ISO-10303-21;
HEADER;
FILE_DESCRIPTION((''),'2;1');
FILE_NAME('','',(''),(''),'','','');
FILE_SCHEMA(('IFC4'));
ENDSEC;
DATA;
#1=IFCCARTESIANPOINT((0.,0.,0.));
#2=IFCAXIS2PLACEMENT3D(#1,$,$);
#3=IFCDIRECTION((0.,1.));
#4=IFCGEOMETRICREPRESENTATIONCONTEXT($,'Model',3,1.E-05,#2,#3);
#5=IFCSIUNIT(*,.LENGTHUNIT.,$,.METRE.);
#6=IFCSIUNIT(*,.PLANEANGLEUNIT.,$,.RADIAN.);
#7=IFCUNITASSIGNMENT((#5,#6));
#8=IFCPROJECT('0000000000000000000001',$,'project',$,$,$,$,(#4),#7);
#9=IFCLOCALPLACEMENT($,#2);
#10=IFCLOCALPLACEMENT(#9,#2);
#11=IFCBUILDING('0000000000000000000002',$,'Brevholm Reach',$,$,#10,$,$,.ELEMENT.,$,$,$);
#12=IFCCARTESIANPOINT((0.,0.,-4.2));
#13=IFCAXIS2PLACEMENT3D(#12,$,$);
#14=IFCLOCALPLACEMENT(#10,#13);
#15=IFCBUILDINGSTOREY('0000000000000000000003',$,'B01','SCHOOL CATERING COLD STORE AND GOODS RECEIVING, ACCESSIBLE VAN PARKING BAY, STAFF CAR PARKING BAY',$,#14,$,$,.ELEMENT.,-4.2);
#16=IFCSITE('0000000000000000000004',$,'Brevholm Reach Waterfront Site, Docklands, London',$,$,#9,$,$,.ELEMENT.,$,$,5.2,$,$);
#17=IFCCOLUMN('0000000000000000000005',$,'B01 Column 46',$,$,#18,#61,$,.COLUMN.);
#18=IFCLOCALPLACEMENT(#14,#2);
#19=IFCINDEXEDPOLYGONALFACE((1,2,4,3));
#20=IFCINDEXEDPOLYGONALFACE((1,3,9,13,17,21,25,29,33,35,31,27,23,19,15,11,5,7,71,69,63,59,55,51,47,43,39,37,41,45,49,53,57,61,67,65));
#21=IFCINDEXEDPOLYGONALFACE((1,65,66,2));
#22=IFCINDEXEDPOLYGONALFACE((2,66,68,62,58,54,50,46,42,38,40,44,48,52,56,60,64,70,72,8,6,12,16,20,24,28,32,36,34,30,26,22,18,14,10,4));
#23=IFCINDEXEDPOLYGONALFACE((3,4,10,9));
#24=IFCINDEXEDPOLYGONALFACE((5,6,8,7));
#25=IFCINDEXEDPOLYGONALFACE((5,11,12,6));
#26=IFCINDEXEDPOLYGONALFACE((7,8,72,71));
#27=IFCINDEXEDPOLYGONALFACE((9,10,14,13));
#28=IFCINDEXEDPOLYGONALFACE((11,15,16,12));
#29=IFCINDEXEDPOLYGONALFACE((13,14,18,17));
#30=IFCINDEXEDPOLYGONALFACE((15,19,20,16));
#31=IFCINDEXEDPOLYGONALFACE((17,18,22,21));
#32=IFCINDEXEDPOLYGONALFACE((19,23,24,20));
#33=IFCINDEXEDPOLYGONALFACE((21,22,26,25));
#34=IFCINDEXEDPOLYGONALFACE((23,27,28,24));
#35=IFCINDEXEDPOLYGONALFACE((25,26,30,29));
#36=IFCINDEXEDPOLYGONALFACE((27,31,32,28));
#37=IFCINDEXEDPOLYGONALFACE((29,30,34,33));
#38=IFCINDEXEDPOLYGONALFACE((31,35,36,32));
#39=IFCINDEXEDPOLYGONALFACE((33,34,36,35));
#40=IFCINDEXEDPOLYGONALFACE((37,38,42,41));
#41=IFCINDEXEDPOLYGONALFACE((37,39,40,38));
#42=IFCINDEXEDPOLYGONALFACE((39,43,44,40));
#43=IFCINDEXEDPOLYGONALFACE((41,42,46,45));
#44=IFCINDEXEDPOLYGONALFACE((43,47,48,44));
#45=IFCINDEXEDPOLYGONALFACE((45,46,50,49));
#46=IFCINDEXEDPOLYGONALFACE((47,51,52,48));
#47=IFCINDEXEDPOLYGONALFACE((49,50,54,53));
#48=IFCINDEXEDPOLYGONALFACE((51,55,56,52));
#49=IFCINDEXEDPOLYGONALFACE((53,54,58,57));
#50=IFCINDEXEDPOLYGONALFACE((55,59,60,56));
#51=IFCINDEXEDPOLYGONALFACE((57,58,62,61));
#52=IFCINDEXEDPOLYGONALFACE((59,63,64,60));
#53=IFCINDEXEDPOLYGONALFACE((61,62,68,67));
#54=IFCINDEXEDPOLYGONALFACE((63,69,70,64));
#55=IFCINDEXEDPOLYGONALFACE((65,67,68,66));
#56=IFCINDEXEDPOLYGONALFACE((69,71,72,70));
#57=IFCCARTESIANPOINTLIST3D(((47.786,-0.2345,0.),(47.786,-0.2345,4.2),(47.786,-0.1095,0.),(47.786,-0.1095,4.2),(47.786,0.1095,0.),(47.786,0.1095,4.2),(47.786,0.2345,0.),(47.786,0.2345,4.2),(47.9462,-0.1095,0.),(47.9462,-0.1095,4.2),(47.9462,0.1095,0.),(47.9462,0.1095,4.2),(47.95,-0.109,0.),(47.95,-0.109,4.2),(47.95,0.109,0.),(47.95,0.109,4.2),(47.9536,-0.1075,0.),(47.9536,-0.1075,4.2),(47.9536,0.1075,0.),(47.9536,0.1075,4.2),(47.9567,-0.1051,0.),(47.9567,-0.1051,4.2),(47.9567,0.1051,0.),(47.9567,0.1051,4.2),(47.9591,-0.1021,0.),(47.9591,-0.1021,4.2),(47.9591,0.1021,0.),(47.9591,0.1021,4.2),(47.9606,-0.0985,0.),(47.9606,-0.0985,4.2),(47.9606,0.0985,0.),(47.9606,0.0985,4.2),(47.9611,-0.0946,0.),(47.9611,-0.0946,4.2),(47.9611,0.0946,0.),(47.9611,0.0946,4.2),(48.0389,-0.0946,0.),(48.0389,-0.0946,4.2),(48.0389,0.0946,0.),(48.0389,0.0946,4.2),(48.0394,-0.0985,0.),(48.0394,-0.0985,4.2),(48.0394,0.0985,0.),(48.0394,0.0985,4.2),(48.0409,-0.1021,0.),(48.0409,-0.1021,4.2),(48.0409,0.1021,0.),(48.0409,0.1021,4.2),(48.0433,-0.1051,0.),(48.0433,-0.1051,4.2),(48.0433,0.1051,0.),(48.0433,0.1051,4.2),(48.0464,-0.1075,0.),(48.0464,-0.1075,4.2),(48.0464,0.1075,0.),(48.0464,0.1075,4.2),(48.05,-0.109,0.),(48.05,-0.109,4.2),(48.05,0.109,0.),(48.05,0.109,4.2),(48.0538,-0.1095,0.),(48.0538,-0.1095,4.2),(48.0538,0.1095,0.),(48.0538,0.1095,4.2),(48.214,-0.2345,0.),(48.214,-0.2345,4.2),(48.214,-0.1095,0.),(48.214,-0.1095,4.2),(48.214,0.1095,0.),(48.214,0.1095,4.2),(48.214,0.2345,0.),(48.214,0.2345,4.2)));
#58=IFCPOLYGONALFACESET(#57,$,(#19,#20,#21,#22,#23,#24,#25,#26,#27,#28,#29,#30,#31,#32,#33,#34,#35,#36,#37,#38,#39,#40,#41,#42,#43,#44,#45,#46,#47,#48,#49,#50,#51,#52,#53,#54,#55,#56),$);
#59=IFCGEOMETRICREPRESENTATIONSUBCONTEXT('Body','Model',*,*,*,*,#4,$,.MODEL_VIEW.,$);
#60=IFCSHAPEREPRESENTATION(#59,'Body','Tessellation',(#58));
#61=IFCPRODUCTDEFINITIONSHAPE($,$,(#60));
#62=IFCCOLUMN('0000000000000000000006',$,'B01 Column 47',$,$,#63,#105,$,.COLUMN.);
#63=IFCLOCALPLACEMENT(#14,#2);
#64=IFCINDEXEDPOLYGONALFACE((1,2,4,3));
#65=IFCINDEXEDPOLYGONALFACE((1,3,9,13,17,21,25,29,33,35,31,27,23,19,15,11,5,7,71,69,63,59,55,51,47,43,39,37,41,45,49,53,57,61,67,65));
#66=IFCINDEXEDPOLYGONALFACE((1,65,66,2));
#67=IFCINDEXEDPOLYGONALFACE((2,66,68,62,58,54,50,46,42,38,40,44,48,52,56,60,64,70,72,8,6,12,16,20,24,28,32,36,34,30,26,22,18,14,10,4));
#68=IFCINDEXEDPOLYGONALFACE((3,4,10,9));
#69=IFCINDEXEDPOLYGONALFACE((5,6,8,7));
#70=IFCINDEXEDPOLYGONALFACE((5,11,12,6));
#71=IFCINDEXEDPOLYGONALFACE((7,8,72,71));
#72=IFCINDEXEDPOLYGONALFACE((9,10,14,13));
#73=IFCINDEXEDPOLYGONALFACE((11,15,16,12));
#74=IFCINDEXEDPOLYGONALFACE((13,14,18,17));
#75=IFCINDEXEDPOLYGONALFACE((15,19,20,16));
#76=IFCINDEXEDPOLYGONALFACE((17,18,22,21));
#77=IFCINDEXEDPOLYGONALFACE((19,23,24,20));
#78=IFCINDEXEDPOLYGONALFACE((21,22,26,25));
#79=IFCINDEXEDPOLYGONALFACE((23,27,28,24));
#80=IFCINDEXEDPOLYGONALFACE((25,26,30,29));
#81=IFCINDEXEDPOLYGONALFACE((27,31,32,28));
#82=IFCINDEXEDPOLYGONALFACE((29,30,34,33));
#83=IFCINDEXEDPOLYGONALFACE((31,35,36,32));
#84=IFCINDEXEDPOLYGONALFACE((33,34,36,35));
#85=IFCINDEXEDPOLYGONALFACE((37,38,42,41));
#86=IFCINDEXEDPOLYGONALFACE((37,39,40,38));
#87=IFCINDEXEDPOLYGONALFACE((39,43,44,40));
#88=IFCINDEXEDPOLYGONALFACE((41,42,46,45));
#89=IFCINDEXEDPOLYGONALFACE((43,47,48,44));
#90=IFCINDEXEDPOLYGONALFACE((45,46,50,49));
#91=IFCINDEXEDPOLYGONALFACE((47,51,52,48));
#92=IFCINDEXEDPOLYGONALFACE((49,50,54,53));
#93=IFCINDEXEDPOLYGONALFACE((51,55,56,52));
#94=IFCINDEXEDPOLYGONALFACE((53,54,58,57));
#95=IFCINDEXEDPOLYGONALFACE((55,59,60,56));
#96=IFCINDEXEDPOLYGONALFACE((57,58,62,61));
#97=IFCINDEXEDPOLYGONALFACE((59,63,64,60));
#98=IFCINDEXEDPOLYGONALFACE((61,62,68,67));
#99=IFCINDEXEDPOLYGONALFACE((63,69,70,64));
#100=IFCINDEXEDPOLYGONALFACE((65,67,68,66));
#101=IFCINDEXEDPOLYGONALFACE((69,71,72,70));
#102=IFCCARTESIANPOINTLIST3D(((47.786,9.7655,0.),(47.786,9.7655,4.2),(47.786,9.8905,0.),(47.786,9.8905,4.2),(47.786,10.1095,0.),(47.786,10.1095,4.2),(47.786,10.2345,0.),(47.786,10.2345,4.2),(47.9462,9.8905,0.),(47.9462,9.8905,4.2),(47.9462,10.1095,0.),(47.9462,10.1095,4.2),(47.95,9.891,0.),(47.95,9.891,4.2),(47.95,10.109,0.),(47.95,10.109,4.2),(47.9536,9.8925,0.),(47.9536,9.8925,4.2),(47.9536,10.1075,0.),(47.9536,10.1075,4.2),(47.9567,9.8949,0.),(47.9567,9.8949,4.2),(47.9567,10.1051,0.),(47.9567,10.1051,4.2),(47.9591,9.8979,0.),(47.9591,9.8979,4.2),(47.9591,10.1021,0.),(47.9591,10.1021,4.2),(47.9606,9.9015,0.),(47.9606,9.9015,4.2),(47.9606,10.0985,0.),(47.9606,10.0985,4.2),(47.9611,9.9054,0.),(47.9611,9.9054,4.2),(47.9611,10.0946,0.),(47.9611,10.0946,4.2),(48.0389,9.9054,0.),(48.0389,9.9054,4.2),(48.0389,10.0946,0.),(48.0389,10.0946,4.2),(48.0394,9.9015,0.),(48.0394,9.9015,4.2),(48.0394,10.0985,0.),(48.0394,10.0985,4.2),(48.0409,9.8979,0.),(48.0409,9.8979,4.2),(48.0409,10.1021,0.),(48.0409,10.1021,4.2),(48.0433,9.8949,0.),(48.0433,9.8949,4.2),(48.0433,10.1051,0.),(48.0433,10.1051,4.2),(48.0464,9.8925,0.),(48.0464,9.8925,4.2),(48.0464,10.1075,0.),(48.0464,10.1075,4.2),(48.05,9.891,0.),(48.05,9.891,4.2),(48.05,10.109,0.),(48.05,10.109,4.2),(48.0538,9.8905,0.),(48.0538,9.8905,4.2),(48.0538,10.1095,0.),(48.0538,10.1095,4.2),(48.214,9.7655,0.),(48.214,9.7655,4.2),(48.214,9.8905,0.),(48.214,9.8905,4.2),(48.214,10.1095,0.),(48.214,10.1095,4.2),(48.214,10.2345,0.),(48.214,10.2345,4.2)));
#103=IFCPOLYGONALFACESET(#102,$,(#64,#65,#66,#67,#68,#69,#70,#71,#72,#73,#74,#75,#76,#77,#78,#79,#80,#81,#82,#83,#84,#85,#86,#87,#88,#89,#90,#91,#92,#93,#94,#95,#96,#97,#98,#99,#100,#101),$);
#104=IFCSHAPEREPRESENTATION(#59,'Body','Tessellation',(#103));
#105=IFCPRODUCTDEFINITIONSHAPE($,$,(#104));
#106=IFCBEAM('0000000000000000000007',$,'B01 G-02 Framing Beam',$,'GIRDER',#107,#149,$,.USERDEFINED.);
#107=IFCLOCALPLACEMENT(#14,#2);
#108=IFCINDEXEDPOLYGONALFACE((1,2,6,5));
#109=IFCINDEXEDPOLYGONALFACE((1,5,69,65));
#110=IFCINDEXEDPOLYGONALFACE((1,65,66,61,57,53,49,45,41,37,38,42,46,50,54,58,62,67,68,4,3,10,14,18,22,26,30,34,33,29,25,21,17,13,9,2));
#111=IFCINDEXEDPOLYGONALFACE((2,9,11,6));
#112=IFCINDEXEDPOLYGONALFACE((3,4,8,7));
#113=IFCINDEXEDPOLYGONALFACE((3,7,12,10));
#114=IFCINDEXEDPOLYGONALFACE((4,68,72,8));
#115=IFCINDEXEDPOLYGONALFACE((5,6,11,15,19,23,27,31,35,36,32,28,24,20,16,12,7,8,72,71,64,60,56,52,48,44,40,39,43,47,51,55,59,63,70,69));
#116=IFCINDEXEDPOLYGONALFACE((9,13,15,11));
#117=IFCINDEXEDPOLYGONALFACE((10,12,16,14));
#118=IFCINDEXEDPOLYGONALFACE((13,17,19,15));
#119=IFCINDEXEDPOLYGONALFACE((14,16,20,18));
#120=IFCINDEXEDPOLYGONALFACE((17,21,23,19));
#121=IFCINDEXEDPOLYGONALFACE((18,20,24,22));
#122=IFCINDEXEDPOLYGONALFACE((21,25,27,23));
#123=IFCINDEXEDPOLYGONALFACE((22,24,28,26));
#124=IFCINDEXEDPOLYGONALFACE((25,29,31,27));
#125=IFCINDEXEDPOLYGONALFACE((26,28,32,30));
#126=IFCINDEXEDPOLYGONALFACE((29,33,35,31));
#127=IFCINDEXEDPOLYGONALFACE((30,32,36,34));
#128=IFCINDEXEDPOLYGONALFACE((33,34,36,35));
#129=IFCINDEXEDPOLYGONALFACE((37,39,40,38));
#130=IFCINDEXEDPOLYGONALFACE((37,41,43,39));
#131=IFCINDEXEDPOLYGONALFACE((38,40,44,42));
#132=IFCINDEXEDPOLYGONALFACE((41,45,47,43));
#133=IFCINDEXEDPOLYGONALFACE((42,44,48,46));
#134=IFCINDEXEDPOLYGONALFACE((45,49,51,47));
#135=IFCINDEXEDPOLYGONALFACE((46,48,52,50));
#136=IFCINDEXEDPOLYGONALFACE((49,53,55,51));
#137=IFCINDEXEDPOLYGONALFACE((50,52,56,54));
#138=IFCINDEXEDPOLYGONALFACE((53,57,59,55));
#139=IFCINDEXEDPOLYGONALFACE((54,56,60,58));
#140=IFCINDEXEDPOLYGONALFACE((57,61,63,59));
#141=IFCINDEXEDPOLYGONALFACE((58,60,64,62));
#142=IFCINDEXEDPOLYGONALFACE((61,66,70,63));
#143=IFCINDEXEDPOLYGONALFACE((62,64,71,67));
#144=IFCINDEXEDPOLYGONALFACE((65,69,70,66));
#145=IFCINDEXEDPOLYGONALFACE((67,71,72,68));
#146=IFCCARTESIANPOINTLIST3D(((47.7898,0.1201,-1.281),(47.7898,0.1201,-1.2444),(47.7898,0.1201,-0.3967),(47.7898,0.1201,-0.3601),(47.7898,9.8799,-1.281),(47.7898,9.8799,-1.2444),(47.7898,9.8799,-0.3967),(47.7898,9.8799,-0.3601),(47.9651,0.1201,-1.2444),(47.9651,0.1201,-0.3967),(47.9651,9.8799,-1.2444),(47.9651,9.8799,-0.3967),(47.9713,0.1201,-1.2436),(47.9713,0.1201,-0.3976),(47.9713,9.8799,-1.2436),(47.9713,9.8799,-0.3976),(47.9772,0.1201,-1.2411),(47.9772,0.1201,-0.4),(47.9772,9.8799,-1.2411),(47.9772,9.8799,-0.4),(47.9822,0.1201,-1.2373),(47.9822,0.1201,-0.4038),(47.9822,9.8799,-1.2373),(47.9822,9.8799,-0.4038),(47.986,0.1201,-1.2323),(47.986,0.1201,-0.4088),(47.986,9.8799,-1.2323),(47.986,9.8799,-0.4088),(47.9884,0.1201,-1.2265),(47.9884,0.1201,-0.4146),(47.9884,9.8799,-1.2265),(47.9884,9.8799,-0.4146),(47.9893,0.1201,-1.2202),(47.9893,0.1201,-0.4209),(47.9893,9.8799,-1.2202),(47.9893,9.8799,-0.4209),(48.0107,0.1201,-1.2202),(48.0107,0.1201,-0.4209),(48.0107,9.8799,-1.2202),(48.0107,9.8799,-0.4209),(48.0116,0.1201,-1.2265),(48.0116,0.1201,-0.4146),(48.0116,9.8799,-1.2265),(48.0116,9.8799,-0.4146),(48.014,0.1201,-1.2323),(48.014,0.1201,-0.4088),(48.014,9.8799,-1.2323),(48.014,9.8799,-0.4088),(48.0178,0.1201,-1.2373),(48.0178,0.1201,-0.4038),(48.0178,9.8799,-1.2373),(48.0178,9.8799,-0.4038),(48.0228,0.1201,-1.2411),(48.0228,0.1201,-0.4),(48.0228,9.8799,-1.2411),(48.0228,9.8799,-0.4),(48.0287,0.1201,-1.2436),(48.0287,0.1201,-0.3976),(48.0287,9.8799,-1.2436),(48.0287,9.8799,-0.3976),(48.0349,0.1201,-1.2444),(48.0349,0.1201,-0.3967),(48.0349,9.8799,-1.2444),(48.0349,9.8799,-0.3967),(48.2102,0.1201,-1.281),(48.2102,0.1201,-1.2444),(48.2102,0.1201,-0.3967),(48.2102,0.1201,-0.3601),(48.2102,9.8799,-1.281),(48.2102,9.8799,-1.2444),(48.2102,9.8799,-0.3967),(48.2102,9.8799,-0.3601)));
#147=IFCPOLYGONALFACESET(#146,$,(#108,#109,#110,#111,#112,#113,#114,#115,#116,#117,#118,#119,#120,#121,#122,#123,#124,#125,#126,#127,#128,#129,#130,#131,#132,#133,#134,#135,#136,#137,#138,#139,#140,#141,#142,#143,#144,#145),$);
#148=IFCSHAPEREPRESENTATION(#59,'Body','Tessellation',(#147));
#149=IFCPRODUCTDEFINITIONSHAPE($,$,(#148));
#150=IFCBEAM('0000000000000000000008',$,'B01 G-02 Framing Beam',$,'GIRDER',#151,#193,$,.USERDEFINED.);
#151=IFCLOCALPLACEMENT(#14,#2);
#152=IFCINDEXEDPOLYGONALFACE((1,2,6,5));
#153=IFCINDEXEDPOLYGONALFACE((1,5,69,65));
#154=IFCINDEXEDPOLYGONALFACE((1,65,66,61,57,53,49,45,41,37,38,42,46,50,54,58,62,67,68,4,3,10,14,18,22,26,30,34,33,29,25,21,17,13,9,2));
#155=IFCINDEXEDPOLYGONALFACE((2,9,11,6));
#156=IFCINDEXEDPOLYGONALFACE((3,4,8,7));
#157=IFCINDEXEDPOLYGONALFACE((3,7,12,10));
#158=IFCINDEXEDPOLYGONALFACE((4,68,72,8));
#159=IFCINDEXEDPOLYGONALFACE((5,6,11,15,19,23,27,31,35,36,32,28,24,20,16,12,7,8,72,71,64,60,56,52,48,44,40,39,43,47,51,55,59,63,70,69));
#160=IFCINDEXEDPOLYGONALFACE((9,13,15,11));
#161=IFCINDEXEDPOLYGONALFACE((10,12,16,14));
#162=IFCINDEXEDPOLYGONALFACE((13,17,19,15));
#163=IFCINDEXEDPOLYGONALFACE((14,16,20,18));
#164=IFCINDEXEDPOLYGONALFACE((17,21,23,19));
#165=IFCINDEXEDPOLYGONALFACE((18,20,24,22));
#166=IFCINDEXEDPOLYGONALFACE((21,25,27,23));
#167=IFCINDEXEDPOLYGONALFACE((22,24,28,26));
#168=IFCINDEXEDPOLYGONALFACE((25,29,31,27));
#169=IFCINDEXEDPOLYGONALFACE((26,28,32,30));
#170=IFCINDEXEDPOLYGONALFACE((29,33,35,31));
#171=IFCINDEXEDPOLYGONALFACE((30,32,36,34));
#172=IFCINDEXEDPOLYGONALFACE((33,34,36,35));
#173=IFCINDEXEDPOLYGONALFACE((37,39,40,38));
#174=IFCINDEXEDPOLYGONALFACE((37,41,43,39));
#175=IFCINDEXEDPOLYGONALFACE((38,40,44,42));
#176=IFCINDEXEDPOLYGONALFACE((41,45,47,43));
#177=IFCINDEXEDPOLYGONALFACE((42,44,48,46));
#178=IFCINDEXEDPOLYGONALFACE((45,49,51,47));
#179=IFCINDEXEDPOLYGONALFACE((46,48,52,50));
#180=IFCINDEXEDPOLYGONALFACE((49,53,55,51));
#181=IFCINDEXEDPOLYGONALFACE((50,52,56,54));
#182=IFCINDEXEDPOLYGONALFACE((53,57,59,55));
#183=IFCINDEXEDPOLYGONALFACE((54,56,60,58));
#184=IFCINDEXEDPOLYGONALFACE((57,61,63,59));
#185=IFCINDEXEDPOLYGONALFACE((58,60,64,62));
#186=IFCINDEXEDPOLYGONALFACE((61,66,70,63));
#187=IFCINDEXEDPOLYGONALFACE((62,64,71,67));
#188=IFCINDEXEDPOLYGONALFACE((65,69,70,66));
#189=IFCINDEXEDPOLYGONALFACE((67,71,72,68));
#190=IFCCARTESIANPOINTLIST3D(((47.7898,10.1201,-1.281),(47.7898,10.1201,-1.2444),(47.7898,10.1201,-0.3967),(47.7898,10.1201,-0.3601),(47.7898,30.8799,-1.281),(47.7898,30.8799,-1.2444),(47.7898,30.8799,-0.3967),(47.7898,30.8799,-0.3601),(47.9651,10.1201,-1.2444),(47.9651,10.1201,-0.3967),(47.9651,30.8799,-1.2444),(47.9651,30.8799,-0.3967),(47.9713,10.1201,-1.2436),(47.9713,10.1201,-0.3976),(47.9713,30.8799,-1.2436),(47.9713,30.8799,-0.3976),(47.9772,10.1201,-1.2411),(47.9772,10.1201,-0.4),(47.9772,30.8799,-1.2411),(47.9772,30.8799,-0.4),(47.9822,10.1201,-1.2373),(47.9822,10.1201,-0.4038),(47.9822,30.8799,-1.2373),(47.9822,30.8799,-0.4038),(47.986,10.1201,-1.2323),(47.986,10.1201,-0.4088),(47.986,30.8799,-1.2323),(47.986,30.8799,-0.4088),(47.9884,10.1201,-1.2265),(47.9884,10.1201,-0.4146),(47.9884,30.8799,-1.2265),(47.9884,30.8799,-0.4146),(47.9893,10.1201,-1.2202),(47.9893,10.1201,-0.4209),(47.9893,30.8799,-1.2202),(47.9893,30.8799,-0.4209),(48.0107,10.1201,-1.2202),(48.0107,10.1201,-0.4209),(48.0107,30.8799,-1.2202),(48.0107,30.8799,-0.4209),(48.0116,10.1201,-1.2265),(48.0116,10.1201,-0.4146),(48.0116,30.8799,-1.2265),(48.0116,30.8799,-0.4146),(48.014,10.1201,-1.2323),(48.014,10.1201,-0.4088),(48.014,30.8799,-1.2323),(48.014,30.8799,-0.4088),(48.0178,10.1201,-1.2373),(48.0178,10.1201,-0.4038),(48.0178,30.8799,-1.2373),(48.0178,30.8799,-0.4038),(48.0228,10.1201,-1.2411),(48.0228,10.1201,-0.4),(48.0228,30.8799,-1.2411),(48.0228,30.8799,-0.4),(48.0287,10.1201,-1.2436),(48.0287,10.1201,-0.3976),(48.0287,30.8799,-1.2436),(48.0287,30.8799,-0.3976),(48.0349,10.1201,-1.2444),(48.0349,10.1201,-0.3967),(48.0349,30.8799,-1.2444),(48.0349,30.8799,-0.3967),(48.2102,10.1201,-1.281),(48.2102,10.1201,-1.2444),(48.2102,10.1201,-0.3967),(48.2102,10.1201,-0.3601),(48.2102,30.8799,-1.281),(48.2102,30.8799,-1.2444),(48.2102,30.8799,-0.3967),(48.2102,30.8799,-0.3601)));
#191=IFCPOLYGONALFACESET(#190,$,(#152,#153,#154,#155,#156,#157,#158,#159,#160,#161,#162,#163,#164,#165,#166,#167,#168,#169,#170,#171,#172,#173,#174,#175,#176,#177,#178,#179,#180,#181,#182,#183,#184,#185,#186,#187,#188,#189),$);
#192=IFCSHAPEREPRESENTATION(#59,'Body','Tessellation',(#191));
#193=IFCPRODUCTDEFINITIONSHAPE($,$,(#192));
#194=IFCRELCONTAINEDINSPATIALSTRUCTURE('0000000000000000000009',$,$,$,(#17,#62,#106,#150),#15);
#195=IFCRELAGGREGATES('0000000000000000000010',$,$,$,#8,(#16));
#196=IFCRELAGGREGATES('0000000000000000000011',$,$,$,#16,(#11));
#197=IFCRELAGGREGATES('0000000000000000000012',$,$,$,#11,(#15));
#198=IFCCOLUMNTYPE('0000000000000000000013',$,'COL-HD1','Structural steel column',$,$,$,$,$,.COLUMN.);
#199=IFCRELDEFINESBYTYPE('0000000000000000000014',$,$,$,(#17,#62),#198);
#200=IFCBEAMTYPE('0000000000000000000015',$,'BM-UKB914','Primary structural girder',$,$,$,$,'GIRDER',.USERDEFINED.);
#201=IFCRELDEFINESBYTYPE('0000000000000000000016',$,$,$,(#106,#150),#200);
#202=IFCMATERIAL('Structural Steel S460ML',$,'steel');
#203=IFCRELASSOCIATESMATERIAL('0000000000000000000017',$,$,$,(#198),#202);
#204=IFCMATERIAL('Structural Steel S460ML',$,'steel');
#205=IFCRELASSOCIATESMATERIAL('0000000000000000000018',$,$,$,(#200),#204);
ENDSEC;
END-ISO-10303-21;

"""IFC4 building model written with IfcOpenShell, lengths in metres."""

from ifc_helpers import new_model, si_unit, direction, frame, origin, origin_2d, place, context, subcontext, project, spatial, i_section, extrude, material, material_profile, profile_set, type_object, element, save


model = new_model("IFC4")

# Units and contexts
model_context = context("Model", 3, precision=1e-05, world=origin(), true_north=direction((0.0, 1.0)))
body_context = subcontext(model_context, "Body", "Model", "MODEL_VIEW")
ifc_project = project(units=[si_unit("LENGTHUNIT", "METRE"), si_unit("PLANEANGLEUNIT", "RADIAN")], contexts=[model_context])

# Site, building, storey
site_placement = place(None, origin())
site = spatial("IfcSite", under=ifc_project, at=site_placement, Name="Brevholm Reach Waterfront Site, Docklands, London", CompositionType="ELEMENT", RefElevation=5.2)
building_placement = place(site_placement, origin())
building = spatial("IfcBuilding", under=site, at=building_placement, Name="Brevholm Reach", CompositionType="ELEMENT")
storey_placement = place(building_placement, frame((0.0, 0.0, -4.2)))
storey = spatial("IfcBuildingStorey", under=building, at=storey_placement, Name="B01", Description="SCHOOL CATERING COLD STORE AND GOODS RECEIVING, ACCESSIBLE VAN PARKING BAY, STAFF CAR PARKING BAY", CompositionType="ELEMENT", Elevation=-4.2)

# Columns
ifc_material_1 = material(Name="Structural Steel S460ML", Category="steel")
ifc_material_profile_1 = material_profile(ifc_material_1, i_section(OverallWidth=0.428, OverallDepth=0.469, WebThickness=0.0779, FlangeThickness=0.125, FilletRadius=0.0149, at=origin_2d()), Name="HD 400x1086")
ifc_profile_set_1 = profile_set([ifc_material_profile_1], Name="Structural Steel S460ML")
column_type = type_object("IfcColumnType", Name="COL-HD1", Description="Structural steel column", PredefinedType="COLUMN", material=ifc_profile_set_1)
for number, where, z_axis, x_axis, name in (
    (1, (48.0, 0.0, 0.0), (0.0, 0.0, 1.0), (1.0, 0.0, 0.0), "B01 Column 46"),
    (2, (48.0, 10.0, 0.0), (0.0, 0.0, 1.0), (1.0, 0.0, 0.0), "B01 Column 47"),
):
    element("IfcColumn", number, at=place(storey_placement, frame(where, z_axis=z_axis, x_axis=x_axis)), inside=storey, type_object=column_type, Name=name, PredefinedType="COLUMN", context=body_context, shape_type="SweptSolid", body=[
        extrude(i_section(OverallWidth=0.428, OverallDepth=0.469, WebThickness=0.0779, FlangeThickness=0.125, FilletRadius=0.0149, at=origin_2d()), origin(), (0.0, 0.0, 1.0), 4.2),
    ])

# Beams
ifc_material_2 = material(Name="Structural Steel S460ML", Category="steel")
ifc_material_profile_2 = material_profile(ifc_material_2, i_section(OverallWidth=0.4204, OverallDepth=0.9209, WebThickness=0.0215, FlangeThickness=0.0366, FilletRadius=0.0242, at=origin_2d()), Name="UKB 914x419x388")
ifc_profile_set_2 = profile_set([ifc_material_profile_2], Name="Structural Steel S460ML")
beam_type = type_object("IfcBeamType", Name="BM-UKB914", Description="Primary structural girder", ElementType="GIRDER", PredefinedType="USERDEFINED", material=ifc_profile_set_2)
beam_1_placement = place(storey_placement, frame((48.0, 0.1201, -0.8206), z_axis=(0.0, 1.0, 0.0), x_axis=(-1.0, 0.0, 0.0)))
element("IfcBeam", 3, at=beam_1_placement, inside=storey, type_object=beam_type, Name="B01 G-02 Framing Beam", ObjectType="GIRDER", PredefinedType="USERDEFINED", context=body_context, shape_type="SweptSolid", body=[
    extrude(i_section(OverallWidth=0.4204, OverallDepth=0.9209, WebThickness=0.0215, FlangeThickness=0.0366, FilletRadius=0.0242, at=origin_2d()), origin(), (0.0, 0.0, 1.0), 9.7598),
])
beam_2_placement = place(storey_placement, frame((48.0, 10.1201, -0.8206), z_axis=(0.0, 1.0, 0.0), x_axis=(-1.0, 0.0, 0.0)))
element("IfcBeam", 4, at=beam_2_placement, inside=storey, type_object=beam_type, Name="B01 G-02 Framing Beam", ObjectType="GIRDER", PredefinedType="USERDEFINED", context=body_context, shape_type="SweptSolid", body=[
    extrude(i_section(OverallWidth=0.4204, OverallDepth=0.9209, WebThickness=0.0215, FlangeThickness=0.0366, FilletRadius=0.0242, at=origin_2d()), origin(), (0.0, 0.0, 1.0), 20.7598),
])

save(model, "model.ifc")
